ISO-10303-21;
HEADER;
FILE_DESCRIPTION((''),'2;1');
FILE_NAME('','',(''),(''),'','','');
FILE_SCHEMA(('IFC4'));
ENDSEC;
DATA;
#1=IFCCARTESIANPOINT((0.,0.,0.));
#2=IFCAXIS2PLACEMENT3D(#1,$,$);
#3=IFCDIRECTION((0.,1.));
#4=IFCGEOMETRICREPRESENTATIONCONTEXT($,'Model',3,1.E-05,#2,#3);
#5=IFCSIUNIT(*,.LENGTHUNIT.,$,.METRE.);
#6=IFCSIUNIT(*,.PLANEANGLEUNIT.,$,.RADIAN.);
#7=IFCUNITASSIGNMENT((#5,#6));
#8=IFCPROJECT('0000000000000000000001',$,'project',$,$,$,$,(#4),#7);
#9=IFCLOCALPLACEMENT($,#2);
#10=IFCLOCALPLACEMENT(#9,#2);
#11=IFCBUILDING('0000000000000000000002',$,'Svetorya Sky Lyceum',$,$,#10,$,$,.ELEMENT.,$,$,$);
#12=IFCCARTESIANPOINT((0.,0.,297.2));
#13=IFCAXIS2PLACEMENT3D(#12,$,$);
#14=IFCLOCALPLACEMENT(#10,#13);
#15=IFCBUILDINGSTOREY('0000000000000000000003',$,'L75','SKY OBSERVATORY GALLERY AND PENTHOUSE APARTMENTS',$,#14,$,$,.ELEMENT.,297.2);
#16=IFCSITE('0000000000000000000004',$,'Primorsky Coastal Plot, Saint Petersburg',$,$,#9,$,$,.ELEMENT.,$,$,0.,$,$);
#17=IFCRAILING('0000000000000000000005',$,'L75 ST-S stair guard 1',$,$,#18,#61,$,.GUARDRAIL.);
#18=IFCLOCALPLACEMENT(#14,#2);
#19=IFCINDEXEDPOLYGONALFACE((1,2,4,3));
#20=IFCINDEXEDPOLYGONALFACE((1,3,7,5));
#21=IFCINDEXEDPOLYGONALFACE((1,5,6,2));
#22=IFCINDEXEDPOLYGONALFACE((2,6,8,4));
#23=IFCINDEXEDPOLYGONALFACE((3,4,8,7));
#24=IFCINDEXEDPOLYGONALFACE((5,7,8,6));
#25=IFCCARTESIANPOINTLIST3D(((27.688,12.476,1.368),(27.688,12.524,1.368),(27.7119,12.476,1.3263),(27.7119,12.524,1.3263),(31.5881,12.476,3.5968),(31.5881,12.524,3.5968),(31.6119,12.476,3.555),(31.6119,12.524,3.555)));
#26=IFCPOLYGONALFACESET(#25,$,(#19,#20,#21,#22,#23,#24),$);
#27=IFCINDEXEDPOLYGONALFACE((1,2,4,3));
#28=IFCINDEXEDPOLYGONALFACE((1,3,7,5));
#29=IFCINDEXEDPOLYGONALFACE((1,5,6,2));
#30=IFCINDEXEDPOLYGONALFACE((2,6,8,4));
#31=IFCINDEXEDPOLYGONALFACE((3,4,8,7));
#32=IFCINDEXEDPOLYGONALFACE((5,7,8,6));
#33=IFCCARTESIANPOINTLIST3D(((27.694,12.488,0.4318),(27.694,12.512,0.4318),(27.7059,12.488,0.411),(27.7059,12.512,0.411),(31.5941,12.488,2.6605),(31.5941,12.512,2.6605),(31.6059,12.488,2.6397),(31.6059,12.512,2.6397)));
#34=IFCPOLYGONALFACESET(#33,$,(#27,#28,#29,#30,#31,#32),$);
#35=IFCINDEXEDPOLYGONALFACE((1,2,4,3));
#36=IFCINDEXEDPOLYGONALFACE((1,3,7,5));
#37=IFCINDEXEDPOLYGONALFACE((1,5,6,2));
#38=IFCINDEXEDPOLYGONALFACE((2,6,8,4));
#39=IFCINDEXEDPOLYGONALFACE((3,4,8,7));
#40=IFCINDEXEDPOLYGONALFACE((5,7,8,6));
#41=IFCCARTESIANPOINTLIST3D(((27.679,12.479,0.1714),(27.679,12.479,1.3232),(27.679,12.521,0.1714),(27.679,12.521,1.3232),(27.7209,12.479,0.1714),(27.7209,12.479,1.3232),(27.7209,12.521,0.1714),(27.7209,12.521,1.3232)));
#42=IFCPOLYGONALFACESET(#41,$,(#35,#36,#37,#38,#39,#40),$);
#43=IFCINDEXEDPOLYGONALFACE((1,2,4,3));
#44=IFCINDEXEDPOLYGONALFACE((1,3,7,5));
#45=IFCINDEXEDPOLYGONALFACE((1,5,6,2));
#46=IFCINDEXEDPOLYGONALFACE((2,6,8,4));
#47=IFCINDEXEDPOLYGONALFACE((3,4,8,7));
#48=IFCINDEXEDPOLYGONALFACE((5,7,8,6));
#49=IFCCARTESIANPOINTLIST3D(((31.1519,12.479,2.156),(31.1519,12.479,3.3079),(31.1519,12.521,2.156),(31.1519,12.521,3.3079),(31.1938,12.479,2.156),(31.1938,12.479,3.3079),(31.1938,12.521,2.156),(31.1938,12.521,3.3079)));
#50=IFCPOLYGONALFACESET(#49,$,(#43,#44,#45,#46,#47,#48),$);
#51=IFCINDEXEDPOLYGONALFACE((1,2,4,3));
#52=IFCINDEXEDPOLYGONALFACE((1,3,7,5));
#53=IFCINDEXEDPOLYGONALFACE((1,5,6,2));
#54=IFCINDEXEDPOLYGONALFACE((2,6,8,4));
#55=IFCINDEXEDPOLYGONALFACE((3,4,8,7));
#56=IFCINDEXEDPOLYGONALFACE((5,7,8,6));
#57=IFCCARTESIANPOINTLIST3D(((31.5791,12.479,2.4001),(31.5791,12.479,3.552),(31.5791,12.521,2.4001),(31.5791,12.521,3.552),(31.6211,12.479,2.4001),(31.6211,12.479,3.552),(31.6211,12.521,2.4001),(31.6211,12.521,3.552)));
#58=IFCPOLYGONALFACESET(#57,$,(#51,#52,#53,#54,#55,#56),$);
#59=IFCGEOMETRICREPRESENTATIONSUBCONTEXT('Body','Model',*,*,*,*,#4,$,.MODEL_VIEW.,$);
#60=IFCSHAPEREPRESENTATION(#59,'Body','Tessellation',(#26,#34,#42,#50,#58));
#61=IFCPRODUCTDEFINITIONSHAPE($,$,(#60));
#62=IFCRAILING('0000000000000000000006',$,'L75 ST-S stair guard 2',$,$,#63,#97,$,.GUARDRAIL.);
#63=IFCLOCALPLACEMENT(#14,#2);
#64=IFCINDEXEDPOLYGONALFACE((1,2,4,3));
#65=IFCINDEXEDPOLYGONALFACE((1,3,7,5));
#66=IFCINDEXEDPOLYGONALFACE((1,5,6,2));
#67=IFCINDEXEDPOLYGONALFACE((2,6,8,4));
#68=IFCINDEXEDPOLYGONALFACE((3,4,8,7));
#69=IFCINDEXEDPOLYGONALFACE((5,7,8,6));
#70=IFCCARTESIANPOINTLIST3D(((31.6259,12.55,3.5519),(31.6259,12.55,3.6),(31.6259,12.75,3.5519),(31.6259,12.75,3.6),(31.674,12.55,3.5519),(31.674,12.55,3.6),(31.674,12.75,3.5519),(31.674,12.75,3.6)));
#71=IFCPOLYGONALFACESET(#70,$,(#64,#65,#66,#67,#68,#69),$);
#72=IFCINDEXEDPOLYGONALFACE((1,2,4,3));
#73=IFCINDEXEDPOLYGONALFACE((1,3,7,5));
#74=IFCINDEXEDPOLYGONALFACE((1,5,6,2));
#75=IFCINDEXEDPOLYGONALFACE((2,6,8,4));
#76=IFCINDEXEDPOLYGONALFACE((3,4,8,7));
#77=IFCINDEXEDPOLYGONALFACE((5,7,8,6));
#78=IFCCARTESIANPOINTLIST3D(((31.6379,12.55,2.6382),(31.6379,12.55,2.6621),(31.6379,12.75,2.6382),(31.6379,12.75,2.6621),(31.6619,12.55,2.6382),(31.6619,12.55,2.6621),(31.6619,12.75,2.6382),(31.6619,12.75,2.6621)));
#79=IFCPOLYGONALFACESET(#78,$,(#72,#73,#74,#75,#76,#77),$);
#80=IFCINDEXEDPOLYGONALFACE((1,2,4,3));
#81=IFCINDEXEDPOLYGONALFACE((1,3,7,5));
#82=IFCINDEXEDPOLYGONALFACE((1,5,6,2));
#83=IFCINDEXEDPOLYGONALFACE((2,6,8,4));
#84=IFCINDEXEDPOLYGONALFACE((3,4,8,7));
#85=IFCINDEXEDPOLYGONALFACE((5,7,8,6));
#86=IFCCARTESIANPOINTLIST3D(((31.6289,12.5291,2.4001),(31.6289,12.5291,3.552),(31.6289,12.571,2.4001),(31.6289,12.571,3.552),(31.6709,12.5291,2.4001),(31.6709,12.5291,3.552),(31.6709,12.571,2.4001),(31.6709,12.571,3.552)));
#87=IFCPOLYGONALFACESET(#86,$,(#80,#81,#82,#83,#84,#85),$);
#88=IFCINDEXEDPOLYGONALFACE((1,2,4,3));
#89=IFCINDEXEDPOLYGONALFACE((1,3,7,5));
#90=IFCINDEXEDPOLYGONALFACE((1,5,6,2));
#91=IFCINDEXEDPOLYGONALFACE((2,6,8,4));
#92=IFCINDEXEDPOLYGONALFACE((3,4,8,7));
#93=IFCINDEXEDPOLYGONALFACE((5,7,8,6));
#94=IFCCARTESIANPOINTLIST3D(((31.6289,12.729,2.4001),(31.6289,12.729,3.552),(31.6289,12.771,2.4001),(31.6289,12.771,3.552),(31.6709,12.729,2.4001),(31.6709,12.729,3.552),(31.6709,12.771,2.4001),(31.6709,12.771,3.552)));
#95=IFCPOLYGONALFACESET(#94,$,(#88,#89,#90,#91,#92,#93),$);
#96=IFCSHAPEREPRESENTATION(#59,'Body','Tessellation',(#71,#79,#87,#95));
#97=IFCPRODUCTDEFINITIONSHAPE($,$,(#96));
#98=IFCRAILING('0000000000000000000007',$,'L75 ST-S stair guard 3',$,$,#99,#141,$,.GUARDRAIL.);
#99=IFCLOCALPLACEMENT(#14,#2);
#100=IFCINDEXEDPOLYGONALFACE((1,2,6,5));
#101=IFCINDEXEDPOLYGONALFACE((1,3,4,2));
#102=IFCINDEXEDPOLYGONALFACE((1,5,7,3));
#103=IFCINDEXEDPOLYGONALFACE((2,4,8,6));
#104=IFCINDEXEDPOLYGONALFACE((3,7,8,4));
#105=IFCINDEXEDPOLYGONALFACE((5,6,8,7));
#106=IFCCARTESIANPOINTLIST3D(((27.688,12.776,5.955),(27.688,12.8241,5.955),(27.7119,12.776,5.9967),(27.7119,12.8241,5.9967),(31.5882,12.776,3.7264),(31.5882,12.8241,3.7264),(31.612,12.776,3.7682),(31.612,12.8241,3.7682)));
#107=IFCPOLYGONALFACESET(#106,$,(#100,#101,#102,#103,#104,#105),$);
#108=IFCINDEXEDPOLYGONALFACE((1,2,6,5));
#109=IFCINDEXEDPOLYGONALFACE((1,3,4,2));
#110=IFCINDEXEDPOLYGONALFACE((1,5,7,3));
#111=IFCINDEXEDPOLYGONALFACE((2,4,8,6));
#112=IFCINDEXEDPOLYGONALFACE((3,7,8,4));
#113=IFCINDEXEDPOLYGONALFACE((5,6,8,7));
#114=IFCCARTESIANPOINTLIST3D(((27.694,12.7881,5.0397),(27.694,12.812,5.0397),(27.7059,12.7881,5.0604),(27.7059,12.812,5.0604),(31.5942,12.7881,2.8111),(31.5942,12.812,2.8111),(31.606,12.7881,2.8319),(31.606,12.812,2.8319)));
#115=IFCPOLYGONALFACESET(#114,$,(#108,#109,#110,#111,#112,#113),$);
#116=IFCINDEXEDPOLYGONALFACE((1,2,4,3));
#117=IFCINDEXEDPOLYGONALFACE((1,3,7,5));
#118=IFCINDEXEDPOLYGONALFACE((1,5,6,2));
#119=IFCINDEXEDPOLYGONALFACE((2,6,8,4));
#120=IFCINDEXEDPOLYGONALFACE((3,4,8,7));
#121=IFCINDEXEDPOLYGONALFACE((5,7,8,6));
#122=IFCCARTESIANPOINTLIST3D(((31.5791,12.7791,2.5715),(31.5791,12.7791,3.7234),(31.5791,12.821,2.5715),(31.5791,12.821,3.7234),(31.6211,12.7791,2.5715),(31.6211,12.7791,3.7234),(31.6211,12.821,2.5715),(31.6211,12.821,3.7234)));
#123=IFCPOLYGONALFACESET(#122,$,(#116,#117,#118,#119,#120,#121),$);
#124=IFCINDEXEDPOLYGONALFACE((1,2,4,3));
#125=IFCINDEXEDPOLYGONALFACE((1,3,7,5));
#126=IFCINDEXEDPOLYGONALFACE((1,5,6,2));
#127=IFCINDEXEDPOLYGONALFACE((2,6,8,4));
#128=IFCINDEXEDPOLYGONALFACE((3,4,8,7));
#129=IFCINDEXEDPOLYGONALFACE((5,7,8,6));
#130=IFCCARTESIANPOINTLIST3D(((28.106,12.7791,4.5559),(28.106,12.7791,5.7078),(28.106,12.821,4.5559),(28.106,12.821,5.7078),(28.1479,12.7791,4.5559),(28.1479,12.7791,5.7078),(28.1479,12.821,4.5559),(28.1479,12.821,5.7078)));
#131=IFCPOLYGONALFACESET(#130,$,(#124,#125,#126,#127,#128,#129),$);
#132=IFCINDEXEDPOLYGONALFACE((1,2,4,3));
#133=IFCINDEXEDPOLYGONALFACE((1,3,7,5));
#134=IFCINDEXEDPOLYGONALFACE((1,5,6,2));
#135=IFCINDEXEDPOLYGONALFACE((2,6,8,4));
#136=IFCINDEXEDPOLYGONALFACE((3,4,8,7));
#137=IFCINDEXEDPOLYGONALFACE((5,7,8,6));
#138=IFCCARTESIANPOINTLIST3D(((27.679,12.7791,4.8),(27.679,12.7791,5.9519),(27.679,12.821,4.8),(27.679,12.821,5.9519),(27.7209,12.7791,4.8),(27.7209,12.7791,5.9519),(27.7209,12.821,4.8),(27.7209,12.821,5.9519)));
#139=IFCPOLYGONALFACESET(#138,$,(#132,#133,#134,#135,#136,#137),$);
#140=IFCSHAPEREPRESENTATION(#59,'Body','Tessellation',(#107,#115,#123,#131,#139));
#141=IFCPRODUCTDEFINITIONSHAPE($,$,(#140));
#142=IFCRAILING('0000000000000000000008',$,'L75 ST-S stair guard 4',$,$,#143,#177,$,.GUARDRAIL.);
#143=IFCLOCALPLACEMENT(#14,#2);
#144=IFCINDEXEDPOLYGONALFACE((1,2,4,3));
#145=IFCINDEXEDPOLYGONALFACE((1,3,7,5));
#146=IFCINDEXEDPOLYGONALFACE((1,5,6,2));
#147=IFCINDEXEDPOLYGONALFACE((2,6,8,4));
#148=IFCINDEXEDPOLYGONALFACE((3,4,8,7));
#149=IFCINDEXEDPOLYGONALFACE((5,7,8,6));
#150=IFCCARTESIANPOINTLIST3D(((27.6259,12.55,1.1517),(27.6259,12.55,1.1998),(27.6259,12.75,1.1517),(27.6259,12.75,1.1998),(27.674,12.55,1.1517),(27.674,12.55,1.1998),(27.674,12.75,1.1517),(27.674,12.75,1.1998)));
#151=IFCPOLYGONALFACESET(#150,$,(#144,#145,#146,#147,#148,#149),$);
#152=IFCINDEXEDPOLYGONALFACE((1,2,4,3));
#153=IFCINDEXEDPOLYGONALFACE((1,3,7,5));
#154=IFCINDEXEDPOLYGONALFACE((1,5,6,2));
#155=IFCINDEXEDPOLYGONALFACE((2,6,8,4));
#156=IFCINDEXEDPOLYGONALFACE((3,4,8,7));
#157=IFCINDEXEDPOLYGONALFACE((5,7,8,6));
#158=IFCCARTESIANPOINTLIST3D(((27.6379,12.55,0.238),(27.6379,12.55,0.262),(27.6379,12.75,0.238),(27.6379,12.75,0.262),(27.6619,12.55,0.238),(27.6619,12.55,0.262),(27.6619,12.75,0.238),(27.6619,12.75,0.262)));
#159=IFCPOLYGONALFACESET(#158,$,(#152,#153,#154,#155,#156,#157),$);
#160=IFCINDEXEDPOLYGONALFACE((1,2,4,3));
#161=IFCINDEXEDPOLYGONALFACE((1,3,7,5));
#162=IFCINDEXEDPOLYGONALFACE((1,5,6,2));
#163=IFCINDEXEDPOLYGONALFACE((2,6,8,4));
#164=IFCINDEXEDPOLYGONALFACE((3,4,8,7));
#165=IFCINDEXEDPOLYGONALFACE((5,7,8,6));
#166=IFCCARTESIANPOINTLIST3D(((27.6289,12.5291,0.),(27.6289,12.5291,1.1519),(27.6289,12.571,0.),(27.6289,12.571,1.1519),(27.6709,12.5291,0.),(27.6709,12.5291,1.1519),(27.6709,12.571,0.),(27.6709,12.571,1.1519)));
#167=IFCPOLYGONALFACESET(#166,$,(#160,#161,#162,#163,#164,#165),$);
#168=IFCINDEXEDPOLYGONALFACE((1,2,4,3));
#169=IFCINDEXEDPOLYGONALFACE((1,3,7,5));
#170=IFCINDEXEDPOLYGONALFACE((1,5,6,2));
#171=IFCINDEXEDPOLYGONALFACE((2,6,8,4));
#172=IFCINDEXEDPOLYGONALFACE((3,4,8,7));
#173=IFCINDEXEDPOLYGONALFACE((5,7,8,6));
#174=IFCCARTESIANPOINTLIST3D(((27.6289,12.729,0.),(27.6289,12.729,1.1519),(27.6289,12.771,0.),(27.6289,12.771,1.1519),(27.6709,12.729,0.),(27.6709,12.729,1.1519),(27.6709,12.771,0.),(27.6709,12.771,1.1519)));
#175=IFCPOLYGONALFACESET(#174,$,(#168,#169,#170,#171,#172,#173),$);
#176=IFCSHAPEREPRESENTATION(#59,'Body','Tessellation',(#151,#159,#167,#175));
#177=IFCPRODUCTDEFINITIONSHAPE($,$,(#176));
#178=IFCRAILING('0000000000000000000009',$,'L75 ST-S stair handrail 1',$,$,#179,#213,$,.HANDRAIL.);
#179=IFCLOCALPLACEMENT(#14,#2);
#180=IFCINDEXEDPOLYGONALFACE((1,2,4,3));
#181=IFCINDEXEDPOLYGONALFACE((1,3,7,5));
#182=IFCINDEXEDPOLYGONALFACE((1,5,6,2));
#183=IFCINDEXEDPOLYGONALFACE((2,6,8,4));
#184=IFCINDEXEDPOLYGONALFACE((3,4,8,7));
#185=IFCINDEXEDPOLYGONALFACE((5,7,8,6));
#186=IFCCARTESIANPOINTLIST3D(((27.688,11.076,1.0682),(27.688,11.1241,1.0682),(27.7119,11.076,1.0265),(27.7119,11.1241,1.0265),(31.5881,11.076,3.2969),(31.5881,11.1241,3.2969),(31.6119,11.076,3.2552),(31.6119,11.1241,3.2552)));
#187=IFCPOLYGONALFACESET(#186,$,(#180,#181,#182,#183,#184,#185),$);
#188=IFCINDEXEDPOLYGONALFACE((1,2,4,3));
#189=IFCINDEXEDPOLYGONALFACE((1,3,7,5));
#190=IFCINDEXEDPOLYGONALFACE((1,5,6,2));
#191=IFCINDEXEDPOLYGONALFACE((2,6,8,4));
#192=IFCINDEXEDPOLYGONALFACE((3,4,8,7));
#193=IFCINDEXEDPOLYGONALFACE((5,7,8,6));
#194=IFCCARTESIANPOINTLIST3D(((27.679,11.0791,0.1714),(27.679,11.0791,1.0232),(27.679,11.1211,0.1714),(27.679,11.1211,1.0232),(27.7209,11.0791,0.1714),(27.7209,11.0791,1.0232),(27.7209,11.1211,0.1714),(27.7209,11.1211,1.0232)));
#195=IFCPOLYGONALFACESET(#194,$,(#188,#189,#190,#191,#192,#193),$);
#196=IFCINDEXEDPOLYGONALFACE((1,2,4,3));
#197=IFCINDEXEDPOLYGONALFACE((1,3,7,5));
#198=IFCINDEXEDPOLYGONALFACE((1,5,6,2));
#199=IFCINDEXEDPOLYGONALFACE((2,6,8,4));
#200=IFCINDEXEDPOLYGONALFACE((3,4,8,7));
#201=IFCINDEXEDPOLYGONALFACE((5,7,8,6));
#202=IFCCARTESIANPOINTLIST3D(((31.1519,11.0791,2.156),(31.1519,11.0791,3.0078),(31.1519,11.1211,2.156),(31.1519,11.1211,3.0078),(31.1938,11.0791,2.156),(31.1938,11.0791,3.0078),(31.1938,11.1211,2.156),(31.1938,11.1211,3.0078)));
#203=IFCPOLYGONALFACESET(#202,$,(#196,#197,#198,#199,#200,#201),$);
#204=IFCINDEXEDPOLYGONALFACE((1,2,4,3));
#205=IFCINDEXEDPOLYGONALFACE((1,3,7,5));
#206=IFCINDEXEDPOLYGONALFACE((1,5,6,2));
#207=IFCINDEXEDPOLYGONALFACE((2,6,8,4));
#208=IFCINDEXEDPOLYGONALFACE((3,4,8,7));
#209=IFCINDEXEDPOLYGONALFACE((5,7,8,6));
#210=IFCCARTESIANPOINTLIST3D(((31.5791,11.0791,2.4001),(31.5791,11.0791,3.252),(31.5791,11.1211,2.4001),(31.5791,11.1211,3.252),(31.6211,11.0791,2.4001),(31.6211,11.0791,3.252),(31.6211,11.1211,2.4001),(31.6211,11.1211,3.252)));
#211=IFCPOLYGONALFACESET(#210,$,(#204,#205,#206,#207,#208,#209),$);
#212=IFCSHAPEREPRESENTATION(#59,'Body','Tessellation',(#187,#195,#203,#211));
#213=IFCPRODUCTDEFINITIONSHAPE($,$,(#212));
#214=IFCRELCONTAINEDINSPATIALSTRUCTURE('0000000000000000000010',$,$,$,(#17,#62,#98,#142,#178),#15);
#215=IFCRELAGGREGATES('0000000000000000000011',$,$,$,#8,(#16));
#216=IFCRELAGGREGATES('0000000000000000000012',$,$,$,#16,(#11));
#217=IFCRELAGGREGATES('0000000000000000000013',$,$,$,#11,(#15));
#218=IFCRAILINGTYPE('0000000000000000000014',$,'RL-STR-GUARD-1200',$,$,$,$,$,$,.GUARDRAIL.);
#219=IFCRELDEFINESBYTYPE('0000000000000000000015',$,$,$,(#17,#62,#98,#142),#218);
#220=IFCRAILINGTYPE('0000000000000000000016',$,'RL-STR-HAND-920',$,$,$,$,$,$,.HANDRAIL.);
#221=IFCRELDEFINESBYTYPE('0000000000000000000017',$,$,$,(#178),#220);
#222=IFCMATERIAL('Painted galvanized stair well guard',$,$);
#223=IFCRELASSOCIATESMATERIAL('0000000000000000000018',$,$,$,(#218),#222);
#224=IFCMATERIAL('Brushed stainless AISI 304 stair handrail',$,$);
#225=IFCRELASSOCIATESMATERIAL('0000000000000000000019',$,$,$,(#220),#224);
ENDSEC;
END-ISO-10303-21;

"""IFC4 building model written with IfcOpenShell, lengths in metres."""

from ifc_helpers import new_model, si_unit, direction, frame, origin, origin_2d, place, context, subcontext, project, spatial, rectangle, extrude, material, type_object, element, save


model = new_model("IFC4")

# Units and contexts
model_context = context("Model", 3, precision=1e-05, world=origin(), true_north=direction((0.0, 1.0)))
body_context = subcontext(model_context, "Body", "Model", "MODEL_VIEW")
ifc_project = project(units=[si_unit("LENGTHUNIT", "METRE"), si_unit("PLANEANGLEUNIT", "RADIAN")], contexts=[model_context])

# Site, building, storey
site_placement = place(None, origin())
site = spatial("IfcSite", under=ifc_project, at=site_placement, Name="Primorsky Coastal Plot, Saint Petersburg", CompositionType="ELEMENT", RefElevation=0.0)
building_placement = place(site_placement, origin())
building = spatial("IfcBuilding", under=site, at=building_placement, Name="Svetorya Sky Lyceum", CompositionType="ELEMENT")
storey_placement = place(building_placement, frame((0.0, 0.0, 297.2)))
storey = spatial("IfcBuildingStorey", under=building, at=storey_placement, Name="L75", Description="SKY OBSERVATORY GALLERY AND PENTHOUSE APARTMENTS", CompositionType="ELEMENT", Elevation=297.2)

# Railings
ifc_material_1 = material(Name="Painted galvanized stair well guard")
railing_type_1 = type_object("IfcRailingType", Name="RL-STR-GUARD-1200", PredefinedType="GUARDRAIL", material=ifc_material_1)
railing_1_placement = place(storey_placement, frame((27.7, 12.5, 0.1714)))
element("IfcRailing", 1, at=railing_1_placement, inside=storey, type_object=railing_type_1, Name="L75 ST-S stair guard 1", PredefinedType="GUARDRAIL", context=body_context, shape_type="SweptSolid", body=[
    extrude(rectangle(XDim=0.0481, YDim=0.0481, at=origin_2d()), frame((0.0, 0.0, 1.1758), z_axis=(0.868233, 0.0, 0.496156), x_axis=(0.0, 1.0, 0.0)), (0.0, 0.0, 1.0), 4.4919),
    extrude(rectangle(XDim=0.0239, YDim=0.0239, at=origin_2d()), frame((0.0, 0.0, 0.25), z_axis=(0.868233, 0.0, 0.496156), x_axis=(0.0, 1.0, 0.0)), (0.0, 0.0, 1.0), 4.4919),
    extrude(rectangle(XDim=0.042, YDim=0.042, at=origin_2d()), origin(), (0.0, 0.0, 1.0), 1.1519),
    extrude(rectangle(XDim=0.042, YDim=0.042, at=origin_2d()), frame((3.4729, 0.0, 1.9846)), (0.0, 0.0, 1.0), 1.1519),
    extrude(rectangle(XDim=0.042, YDim=0.042, at=origin_2d()), frame((3.9001, 0.0, 2.2288)), (0.0, 0.0, 1.0), 1.1519),
])
railing_2_placement = place(storey_placement, frame((31.6499, 12.55, 2.4001)))
element("IfcRailing", 2, at=railing_2_placement, inside=storey, type_object=railing_type_1, Name="L75 ST-S stair guard 2", PredefinedType="GUARDRAIL", context=body_context, shape_type="SweptSolid", body=[
    extrude(rectangle(XDim=0.0481, YDim=0.0481, at=origin_2d()), frame((0.0, 0.0, 1.1758), z_axis=(0.0, 1.0, 0.0), x_axis=(-1.0, 0.0, 0.0)), (0.0, 0.0, 1.0), 0.2),
    extrude(rectangle(XDim=0.0239, YDim=0.0239, at=origin_2d()), frame((0.0, 0.0, 0.25), z_axis=(0.0, 1.0, 0.0), x_axis=(-1.0, 0.0, 0.0)), (0.0, 0.0, 1.0), 0.2),
    extrude(rectangle(XDim=0.042, YDim=0.042, at=origin_2d()), origin(), (0.0, 0.0, 1.0), 1.1519),
    extrude(rectangle(XDim=0.042, YDim=0.042, at=origin_2d()), frame((0.0, 0.2, 0.0)), (0.0, 0.0, 1.0), 1.1519),
])
railing_3_placement = place(storey_placement, frame((31.6001, 12.8, 2.5715)))
element("IfcRailing", 3, at=railing_3_placement, inside=storey, type_object=railing_type_1, Name="L75 ST-S stair guard 3", PredefinedType="GUARDRAIL", context=body_context, shape_type="SweptSolid", body=[
    extrude(rectangle(XDim=0.0481, YDim=0.0481, at=origin_2d()), frame((0.0, 0.0, 1.1758), z_axis=(-0.868257, 0.0, 0.496116), x_axis=(0.0, -1.0, 0.0)), (0.0, 0.0, 1.0), 4.4919),
    extrude(rectangle(XDim=0.0239, YDim=0.0239, at=origin_2d()), frame((0.0, 0.0, 0.25), z_axis=(-0.868257, 0.0, 0.496116), x_axis=(0.0, -1.0, 0.0)), (0.0, 0.0, 1.0), 4.4919),
    extrude(rectangle(XDim=0.042, YDim=0.042, at=origin_2d()), origin(), (0.0, 0.0, 1.0), 1.1519),
    extrude(rectangle(XDim=0.042, YDim=0.042, at=origin_2d()), frame((-3.4731, 0.0, 1.9844)), (0.0, 0.0, 1.0), 1.1519),
    extrude(rectangle(XDim=0.042, YDim=0.042, at=origin_2d()), frame((-3.9001, 0.0, 2.2285)), (0.0, 0.0, 1.0), 1.1519),
])
railing_4_placement = place(storey_placement, frame((27.6499, 12.55, 0.0)))
element("IfcRailing", 4, at=railing_4_placement, inside=storey, type_object=railing_type_1, Name="L75 ST-S stair guard 4", PredefinedType="GUARDRAIL", context=body_context, shape_type="SweptSolid", body=[
    extrude(rectangle(XDim=0.0481, YDim=0.0481, at=origin_2d()), frame((0.0, 0.0, 1.1758), z_axis=(0.0, 1.0, 0.0), x_axis=(-1.0, 0.0, 0.0)), (0.0, 0.0, 1.0), 0.2),
    extrude(rectangle(XDim=0.0239, YDim=0.0239, at=origin_2d()), frame((0.0, 0.0, 0.25), z_axis=(0.0, 1.0, 0.0), x_axis=(-1.0, 0.0, 0.0)), (0.0, 0.0, 1.0), 0.2),
    extrude(rectangle(XDim=0.042, YDim=0.042, at=origin_2d()), origin(), (0.0, 0.0, 1.0), 1.1519),
    extrude(rectangle(XDim=0.042, YDim=0.042, at=origin_2d()), frame((0.0, 0.2, 0.0)), (0.0, 0.0, 1.0), 1.1519),
])
ifc_material_2 = material(Name="Brushed stainless AISI 304 stair handrail")
railing_type_2 = type_object("IfcRailingType", Name="RL-STR-HAND-920", PredefinedType="HANDRAIL", material=ifc_material_2)
railing_5_placement = place(storey_placement, frame((27.7, 11.1001, 0.1714)))
element("IfcRailing", 5, at=railing_5_placement, inside=storey, type_object=railing_type_2, Name="L75 ST-S stair handrail 1", PredefinedType="HANDRAIL", context=body_context, shape_type="SweptSolid", body=[
    extrude(rectangle(XDim=0.0481, YDim=0.0481, at=origin_2d()), frame((0.0, 0.0, 0.876), z_axis=(0.868233, 0.0, 0.496156), x_axis=(0.0, 1.0, 0.0)), (0.0, 0.0, 1.0), 4.4919),
    extrude(rectangle(XDim=0.042, YDim=0.042, at=origin_2d()), origin(), (0.0, 0.0, 1.0), 0.8518),
    extrude(rectangle(XDim=0.042, YDim=0.042, at=origin_2d()), frame((3.4729, 0.0, 1.9846)), (0.0, 0.0, 1.0), 0.8518),
    extrude(rectangle(XDim=0.042, YDim=0.042, at=origin_2d()), frame((3.9001, 0.0, 2.2288)), (0.0, 0.0, 1.0), 0.8518),
])

save(model, "model.ifc")
